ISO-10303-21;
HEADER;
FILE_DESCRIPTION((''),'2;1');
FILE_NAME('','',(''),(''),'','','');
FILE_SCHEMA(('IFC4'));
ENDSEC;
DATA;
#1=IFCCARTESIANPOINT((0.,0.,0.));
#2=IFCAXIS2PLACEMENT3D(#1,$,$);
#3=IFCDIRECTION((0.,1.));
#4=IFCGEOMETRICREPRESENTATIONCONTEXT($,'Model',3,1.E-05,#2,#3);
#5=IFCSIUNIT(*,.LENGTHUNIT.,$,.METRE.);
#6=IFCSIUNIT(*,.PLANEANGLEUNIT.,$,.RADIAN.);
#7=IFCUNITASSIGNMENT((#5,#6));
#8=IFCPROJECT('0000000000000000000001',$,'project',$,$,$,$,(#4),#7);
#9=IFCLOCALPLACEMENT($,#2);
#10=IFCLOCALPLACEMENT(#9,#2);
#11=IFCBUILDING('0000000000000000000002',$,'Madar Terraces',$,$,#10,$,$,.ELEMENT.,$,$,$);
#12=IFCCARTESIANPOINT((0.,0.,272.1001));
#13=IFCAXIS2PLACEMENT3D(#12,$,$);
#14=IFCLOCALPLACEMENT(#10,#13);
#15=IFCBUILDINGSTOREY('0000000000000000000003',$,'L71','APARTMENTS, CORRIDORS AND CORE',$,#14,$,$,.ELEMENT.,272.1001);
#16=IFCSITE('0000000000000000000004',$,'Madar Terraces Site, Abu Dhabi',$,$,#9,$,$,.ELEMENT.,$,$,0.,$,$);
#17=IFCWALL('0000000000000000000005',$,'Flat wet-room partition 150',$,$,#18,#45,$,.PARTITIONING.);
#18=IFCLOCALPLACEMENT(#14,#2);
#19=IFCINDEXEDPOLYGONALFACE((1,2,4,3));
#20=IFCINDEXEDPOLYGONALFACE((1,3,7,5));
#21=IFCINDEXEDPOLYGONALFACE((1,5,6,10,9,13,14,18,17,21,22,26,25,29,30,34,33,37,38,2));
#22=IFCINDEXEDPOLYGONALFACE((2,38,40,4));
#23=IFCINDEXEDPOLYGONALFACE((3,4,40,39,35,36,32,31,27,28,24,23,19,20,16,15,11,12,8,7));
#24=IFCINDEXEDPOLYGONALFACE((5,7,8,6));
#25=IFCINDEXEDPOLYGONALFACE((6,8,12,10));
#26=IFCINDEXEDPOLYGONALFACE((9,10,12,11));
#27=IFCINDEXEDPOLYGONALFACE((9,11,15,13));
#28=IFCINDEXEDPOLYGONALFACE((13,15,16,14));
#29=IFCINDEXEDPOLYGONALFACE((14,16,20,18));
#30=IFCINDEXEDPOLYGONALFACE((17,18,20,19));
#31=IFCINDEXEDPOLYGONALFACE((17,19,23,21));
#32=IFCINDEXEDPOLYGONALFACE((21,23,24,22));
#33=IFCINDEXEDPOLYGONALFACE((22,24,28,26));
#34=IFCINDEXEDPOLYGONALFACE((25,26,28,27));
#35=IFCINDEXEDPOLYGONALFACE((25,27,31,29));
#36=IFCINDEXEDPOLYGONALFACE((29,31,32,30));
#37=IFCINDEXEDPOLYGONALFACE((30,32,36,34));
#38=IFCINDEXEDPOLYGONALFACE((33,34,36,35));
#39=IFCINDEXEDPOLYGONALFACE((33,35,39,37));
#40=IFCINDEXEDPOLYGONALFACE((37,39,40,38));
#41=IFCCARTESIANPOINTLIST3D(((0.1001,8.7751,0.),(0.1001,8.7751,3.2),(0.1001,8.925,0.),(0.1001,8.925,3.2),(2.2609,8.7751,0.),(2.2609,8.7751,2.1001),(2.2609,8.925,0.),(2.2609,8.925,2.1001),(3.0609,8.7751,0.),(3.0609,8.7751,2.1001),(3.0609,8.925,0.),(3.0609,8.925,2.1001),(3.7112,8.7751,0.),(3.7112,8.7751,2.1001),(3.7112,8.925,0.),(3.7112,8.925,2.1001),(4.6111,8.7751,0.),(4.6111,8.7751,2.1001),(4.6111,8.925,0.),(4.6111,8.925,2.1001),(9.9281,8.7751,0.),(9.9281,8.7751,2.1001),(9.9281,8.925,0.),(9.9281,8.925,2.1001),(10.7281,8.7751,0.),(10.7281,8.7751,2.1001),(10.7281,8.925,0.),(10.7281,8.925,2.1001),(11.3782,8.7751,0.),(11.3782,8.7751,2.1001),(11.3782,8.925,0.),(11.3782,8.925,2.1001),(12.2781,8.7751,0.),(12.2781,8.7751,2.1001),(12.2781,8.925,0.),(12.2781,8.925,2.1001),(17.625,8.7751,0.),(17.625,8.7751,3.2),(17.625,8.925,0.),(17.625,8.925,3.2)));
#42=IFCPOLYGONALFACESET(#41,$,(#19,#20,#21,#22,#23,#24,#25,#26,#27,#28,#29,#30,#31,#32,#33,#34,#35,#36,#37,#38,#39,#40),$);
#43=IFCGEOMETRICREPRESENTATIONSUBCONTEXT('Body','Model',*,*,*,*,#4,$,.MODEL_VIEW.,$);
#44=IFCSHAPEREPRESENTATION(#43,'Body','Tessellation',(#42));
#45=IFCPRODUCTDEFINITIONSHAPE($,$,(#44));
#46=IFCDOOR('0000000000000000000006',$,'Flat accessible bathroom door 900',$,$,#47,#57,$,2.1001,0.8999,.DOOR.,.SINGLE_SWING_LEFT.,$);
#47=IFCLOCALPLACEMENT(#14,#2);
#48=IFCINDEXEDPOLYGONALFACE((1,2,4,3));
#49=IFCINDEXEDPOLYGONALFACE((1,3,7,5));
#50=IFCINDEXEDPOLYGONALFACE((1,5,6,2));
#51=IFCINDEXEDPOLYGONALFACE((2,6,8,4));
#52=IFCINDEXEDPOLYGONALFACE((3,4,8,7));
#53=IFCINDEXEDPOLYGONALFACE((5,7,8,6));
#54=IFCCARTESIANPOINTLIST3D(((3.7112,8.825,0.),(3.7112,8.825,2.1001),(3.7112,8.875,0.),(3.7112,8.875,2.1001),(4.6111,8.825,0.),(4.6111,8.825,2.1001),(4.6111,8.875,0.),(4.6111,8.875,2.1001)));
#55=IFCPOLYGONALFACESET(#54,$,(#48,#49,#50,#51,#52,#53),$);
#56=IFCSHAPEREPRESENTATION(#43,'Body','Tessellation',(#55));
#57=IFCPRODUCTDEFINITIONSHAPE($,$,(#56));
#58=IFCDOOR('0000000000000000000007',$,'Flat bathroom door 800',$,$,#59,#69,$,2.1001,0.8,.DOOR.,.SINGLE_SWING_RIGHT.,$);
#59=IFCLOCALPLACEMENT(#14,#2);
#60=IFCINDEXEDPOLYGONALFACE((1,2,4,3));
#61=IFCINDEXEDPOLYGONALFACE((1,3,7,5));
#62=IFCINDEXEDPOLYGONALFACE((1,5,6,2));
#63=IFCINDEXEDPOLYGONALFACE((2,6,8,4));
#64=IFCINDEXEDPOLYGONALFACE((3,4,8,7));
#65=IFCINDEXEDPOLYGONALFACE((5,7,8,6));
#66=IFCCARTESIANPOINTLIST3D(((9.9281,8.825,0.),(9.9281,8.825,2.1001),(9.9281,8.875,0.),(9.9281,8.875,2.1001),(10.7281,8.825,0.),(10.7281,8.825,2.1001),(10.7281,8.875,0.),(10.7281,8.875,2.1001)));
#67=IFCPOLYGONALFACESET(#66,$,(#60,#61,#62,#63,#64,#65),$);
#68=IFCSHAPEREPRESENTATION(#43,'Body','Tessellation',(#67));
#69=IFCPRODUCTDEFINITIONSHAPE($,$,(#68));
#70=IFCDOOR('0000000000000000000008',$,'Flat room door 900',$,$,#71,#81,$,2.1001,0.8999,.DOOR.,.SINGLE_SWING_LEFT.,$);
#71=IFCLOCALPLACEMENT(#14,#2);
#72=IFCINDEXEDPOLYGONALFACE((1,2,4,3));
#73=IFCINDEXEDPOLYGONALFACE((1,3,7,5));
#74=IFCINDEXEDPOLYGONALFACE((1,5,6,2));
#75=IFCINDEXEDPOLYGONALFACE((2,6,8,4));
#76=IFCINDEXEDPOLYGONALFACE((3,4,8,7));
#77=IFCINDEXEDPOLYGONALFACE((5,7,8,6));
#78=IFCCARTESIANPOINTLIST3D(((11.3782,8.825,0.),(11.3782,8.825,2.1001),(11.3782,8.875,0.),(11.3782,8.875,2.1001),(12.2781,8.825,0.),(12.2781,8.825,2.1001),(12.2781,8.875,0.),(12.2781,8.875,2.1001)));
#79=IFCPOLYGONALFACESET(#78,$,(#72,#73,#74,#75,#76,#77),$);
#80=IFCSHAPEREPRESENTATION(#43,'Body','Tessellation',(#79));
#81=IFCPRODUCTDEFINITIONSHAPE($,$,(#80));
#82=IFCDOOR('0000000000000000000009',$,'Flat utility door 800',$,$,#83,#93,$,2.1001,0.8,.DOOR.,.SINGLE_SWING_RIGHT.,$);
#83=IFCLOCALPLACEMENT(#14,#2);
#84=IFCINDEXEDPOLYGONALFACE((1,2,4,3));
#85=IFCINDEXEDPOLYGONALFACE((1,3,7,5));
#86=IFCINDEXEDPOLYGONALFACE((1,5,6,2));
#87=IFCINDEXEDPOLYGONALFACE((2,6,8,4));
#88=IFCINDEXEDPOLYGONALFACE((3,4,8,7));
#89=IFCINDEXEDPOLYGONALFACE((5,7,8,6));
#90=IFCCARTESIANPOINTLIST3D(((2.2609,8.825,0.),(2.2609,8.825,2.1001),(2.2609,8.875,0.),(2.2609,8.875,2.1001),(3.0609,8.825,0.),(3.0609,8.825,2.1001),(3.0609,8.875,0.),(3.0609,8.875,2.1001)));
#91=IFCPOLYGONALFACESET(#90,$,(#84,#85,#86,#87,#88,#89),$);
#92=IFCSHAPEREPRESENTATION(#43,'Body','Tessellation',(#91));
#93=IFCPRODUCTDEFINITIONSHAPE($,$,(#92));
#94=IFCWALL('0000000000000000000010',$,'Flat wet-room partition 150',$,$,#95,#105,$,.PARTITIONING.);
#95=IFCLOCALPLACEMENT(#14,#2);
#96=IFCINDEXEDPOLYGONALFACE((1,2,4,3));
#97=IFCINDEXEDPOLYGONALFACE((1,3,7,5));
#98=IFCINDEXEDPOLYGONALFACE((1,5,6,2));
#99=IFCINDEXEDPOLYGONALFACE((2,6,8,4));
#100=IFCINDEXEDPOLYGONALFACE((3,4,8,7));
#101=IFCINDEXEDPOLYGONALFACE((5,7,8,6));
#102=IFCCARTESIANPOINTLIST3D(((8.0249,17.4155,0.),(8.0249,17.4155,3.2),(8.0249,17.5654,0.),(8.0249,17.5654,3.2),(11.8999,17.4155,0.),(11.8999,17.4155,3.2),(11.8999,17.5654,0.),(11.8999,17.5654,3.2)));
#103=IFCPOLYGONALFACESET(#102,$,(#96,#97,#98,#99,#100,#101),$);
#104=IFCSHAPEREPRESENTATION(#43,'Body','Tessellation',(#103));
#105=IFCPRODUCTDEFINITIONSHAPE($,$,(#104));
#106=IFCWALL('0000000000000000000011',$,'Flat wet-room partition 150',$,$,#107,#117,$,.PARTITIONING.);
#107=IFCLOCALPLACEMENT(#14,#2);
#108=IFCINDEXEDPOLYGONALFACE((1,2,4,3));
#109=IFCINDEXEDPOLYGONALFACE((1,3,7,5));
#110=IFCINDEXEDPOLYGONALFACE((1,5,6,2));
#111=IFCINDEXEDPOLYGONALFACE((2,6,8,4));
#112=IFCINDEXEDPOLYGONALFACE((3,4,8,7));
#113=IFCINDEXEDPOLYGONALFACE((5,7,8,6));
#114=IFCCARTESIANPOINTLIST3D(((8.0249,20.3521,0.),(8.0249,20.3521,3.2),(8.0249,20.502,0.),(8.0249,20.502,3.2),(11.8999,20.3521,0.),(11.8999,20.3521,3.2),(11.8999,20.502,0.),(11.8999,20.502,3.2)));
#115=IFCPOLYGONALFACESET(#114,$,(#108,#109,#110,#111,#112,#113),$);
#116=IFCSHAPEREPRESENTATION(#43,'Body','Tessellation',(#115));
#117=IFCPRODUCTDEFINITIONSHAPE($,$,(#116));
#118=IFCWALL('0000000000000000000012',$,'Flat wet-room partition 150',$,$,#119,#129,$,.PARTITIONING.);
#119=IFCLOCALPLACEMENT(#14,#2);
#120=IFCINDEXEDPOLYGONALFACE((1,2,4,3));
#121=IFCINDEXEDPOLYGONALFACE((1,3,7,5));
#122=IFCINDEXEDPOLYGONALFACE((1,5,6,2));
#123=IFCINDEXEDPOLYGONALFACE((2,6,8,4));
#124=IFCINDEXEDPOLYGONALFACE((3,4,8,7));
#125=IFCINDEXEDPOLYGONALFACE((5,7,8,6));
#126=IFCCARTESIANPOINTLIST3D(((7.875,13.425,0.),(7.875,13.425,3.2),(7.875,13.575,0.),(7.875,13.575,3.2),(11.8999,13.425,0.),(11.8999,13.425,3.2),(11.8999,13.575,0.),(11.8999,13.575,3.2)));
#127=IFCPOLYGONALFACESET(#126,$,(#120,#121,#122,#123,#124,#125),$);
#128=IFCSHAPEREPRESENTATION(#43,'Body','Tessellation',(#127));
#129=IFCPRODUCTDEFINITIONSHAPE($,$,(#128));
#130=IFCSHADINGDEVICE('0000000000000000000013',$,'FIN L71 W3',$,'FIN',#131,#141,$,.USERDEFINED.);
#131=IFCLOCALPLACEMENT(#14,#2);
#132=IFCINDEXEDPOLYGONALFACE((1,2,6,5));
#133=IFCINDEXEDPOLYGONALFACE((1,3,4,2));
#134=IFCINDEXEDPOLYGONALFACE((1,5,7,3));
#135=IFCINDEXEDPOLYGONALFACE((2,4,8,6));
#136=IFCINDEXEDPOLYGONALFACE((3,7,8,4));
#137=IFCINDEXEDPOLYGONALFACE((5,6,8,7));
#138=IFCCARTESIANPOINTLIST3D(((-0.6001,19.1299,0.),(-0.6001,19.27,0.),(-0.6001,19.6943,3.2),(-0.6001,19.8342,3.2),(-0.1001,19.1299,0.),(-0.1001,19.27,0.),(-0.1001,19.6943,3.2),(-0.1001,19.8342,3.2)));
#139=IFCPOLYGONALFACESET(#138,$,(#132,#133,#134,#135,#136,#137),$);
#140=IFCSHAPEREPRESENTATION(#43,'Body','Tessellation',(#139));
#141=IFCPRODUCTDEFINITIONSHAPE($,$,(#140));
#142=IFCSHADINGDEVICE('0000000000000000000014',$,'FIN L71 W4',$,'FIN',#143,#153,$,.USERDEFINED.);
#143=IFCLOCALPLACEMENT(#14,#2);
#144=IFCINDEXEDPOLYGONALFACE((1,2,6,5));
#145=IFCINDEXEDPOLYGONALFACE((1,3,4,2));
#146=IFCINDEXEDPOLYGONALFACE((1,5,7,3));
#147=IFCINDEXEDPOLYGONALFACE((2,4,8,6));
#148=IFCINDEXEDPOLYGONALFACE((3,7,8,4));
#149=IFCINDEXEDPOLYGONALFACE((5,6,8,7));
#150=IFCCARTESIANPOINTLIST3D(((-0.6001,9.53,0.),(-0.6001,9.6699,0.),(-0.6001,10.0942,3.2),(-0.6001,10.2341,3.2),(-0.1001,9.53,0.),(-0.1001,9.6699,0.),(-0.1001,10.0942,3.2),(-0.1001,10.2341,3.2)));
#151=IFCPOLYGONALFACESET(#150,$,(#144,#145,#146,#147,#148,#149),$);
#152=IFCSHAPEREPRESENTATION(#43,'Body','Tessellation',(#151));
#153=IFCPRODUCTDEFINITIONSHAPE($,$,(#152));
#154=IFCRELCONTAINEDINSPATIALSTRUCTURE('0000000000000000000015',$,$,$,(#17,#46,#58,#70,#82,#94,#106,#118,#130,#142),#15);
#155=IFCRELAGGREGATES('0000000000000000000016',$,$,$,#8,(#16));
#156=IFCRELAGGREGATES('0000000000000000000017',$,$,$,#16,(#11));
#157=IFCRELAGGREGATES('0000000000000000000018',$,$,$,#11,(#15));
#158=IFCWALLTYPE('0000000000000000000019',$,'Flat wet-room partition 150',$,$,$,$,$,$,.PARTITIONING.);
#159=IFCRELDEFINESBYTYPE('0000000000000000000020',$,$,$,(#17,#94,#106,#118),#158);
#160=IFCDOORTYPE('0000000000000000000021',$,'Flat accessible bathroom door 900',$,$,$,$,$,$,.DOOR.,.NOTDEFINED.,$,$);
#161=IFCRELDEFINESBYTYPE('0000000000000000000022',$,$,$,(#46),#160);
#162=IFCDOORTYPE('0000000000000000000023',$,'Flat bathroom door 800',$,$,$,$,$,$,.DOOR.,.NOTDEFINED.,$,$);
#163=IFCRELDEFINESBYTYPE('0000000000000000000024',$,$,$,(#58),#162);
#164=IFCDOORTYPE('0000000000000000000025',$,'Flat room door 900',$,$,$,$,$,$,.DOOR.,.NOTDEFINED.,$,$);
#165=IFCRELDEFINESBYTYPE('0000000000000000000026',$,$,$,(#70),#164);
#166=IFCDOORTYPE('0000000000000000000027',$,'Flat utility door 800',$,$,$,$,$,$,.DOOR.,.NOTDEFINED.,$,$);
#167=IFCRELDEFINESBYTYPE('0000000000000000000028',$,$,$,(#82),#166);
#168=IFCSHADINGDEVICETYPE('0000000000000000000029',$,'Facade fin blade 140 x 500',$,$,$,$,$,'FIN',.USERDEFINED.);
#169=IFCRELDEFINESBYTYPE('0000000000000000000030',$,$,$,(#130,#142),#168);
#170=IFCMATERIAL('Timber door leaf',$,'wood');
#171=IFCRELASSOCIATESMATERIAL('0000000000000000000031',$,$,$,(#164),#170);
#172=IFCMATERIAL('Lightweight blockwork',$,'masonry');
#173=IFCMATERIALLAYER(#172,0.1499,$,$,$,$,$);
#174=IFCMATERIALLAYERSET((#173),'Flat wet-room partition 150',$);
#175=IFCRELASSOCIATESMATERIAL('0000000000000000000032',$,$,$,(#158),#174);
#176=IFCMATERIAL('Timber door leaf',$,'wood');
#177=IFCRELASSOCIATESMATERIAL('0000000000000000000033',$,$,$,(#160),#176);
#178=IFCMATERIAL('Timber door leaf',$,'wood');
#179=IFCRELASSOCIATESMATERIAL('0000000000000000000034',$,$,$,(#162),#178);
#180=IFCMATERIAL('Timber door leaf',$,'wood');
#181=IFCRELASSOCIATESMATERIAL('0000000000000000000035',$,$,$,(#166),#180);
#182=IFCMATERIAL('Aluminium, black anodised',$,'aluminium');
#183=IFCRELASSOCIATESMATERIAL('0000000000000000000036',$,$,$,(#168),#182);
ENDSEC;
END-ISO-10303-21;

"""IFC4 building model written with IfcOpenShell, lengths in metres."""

from ifc_helpers import new_model, si_unit, direction, frame, frame_2d, origin, place, context, subcontext, project, spatial, polyline, rectangle, outline, extrude, material, layer, layer_set, type_object, element, fill, save


model = new_model("IFC4")

# Units and contexts
model_context = context("Model", 3, precision=1e-05, world=origin(), true_north=direction((0.0, 1.0)))
body_context = subcontext(model_context, "Body", "Model", "MODEL_VIEW")
ifc_project = project(units=[si_unit("LENGTHUNIT", "METRE"), si_unit("PLANEANGLEUNIT", "RADIAN")], contexts=[model_context])

# Site, building, storey
site_placement = place(None, origin())
site = spatial("IfcSite", under=ifc_project, at=site_placement, Name="Madar Terraces Site, Abu Dhabi", CompositionType="ELEMENT", RefElevation=0.0)
building_placement = place(site_placement, origin())
building = spatial("IfcBuilding", under=site, at=building_placement, Name="Madar Terraces", CompositionType="ELEMENT")
storey_placement = place(building_placement, frame((0.0, 0.0, 272.1001)))
storey = spatial("IfcBuildingStorey", under=building, at=storey_placement, Name="L71", Description="APARTMENTS, CORRIDORS AND CORE", CompositionType="ELEMENT", Elevation=272.1001)

# Shared definitions
ifc_material_1 = material(Name="Timber door leaf", Category="wood")
door_type_1 = type_object("IfcDoorType", Name="Flat room door 900", OperationType="NOTDEFINED", PredefinedType="DOOR", material=ifc_material_1)

# Shared definitions
ifc_material_2 = material(Name="Lightweight blockwork", Category="masonry")
ifc_layer_1 = layer(ifc_material_2, 0.1499)
ifc_layer_set_1 = layer_set([ifc_layer_1], Name="Flat wet-room partition 150")
wall_type_1 = type_object("IfcWallType", Name="Flat wet-room partition 150", PredefinedType="PARTITIONING", material=ifc_layer_set_1)

# Wall, openings, doors
wall_1_placement = place(storey_placement, frame((0.1001, 8.8501, 0.0), z_axis=(0.0, 0.0, 1.0), x_axis=(1.0, 0.0, 0.0)))
wall_1 = element("IfcWall", 1, at=wall_1_placement, inside=storey, type_object=wall_type_1, Name="Flat wet-room partition 150", PredefinedType="PARTITIONING", context=body_context, shape_type="SweptSolid", body=[
    extrude(rectangle(XDim=17.5249, YDim=0.1499, at=frame_2d((8.7625, 0.0))), origin(), (0.0, 0.0, 1.0), 3.2),
])
opening_1_placement = place(wall_1_placement, frame((11.2781, 0.0, 0.0)))
opening_1 = element("IfcOpeningElement", 2, at=opening_1_placement, cuts=wall_1, PredefinedType="OPENING", context=body_context, shape_type="SweptSolid", body=[
    extrude(rectangle(XDim=0.8999, YDim=2.1001, at=frame_2d((0.45, 1.05))), frame((0.0, 0.085, 0.0), z_axis=(0.0, -1.0, 0.0), x_axis=(1.0, 0.0, 0.0)), (0.0, 0.0, 1.0), 0.1699),
])
opening_2_placement = place(wall_1_placement, frame((9.8281, 0.0, 0.0)))
opening_2 = element("IfcOpeningElement", 3, at=opening_2_placement, cuts=wall_1, PredefinedType="OPENING", context=body_context, shape_type="SweptSolid", body=[
    extrude(rectangle(XDim=0.8, YDim=2.1001, at=frame_2d((0.3999, 1.05))), frame((0.0, 0.085, 0.0), z_axis=(0.0, -1.0, 0.0), x_axis=(1.0, 0.0, 0.0)), (0.0, 0.0, 1.0), 0.1699),
])
opening_3_placement = place(wall_1_placement, frame((3.6111, 0.0, 0.0)))
opening_3 = element("IfcOpeningElement", 4, at=opening_3_placement, cuts=wall_1, PredefinedType="OPENING", context=body_context, shape_type="SweptSolid", body=[
    extrude(rectangle(XDim=0.8999, YDim=2.1001, at=frame_2d((0.45, 1.05))), frame((0.0, 0.085, 0.0), z_axis=(0.0, -1.0, 0.0), x_axis=(1.0, 0.0, 0.0)), (0.0, 0.0, 1.0), 0.1699),
])
opening_4_placement = place(wall_1_placement, frame((2.1609, 0.0, 0.0)))
opening_4 = element("IfcOpeningElement", 5, at=opening_4_placement, cuts=wall_1, PredefinedType="OPENING", context=body_context, shape_type="SweptSolid", body=[
    extrude(rectangle(XDim=0.8, YDim=2.1001, at=frame_2d((0.3999, 1.05))), frame((0.0, 0.085, 0.0), z_axis=(0.0, -1.0, 0.0), x_axis=(1.0, 0.0, 0.0)), (0.0, 0.0, 1.0), 0.1699),
])
ifc_material_3 = material(Name="Timber door leaf", Category="wood")
door_type_2 = type_object("IfcDoorType", Name="Flat accessible bathroom door 900", OperationType="NOTDEFINED", PredefinedType="DOOR", material=ifc_material_3)
door_1_placement = place(opening_3_placement, origin())
door_1 = element("IfcDoor", 6, at=door_1_placement, inside=storey, type_object=door_type_2, Name="Flat accessible bathroom door 900", OperationType="SINGLE_SWING_LEFT", OverallHeight=2.1001, OverallWidth=0.8999, PredefinedType="DOOR", context=body_context, shape_type="SweptSolid", body=[
    extrude(rectangle(XDim=0.8999, YDim=2.1001, at=frame_2d((0.45, 1.05))), frame((0.0, 0.0249, 0.0), z_axis=(0.0, -1.0, 0.0), x_axis=(1.0, 0.0, 0.0)), (0.0, 0.0, 1.0), 0.05),
])
fill(opening_3, door_1)
ifc_material_4 = material(Name="Timber door leaf", Category="wood")
door_type_3 = type_object("IfcDoorType", Name="Flat bathroom door 800", OperationType="NOTDEFINED", PredefinedType="DOOR", material=ifc_material_4)
door_2_placement = place(opening_2_placement, origin())
door_2 = element("IfcDoor", 7, at=door_2_placement, inside=storey, type_object=door_type_3, Name="Flat bathroom door 800", OperationType="SINGLE_SWING_RIGHT", OverallHeight=2.1001, OverallWidth=0.8, PredefinedType="DOOR", context=body_context, shape_type="SweptSolid", body=[
    extrude(rectangle(XDim=0.8, YDim=2.1001, at=frame_2d((0.3999, 1.05))), frame((0.0, 0.0249, 0.0), z_axis=(0.0, -1.0, 0.0), x_axis=(1.0, 0.0, 0.0)), (0.0, 0.0, 1.0), 0.05),
])
fill(opening_2, door_2)
door_3_placement = place(opening_1_placement, origin())
door_3 = element("IfcDoor", 8, at=door_3_placement, inside=storey, type_object=door_type_1, Name="Flat room door 900", OperationType="SINGLE_SWING_LEFT", OverallHeight=2.1001, OverallWidth=0.8999, PredefinedType="DOOR", context=body_context, shape_type="SweptSolid", body=[
    extrude(rectangle(XDim=0.8999, YDim=2.1001, at=frame_2d((0.45, 1.05))), frame((0.0, 0.0249, 0.0), z_axis=(0.0, -1.0, 0.0), x_axis=(1.0, 0.0, 0.0)), (0.0, 0.0, 1.0), 0.05),
])
fill(opening_1, door_3)
ifc_material_5 = material(Name="Timber door leaf", Category="wood")
door_type_4 = type_object("IfcDoorType", Name="Flat utility door 800", OperationType="NOTDEFINED", PredefinedType="DOOR", material=ifc_material_5)
door_4_placement = place(opening_4_placement, origin())
door_4 = element("IfcDoor", 9, at=door_4_placement, inside=storey, type_object=door_type_4, Name="Flat utility door 800", OperationType="SINGLE_SWING_RIGHT", OverallHeight=2.1001, OverallWidth=0.8, PredefinedType="DOOR", context=body_context, shape_type="SweptSolid", body=[
    extrude(rectangle(XDim=0.8, YDim=2.1001, at=frame_2d((0.3999, 1.05))), frame((0.0, 0.0249, 0.0), z_axis=(0.0, -1.0, 0.0), x_axis=(1.0, 0.0, 0.0)), (0.0, 0.0, 1.0), 0.05),
])
fill(opening_4, door_4)

# Walls
for number, where, z_axis, x_axis, name in (
    (10, (11.8999, 17.4905, 0.0), (0.0, 0.0, 1.0), (-1.0, 0.0, 0.0), "Flat wet-room partition 150"),
    (11, (11.8999, 20.427, 0.0), (0.0, 0.0, 1.0), (-1.0, 0.0, 0.0), "Flat wet-room partition 150"),
):
    element("IfcWall", number, at=place(storey_placement, frame(where, z_axis=z_axis, x_axis=x_axis)), inside=storey, type_object=wall_type_1, Name=name, PredefinedType="PARTITIONING", context=body_context, shape_type="SweptSolid", body=[
        extrude(rectangle(XDim=3.875, YDim=0.1499, at=frame_2d((1.9375, 0.0))), origin(), (0.0, 0.0, 1.0), 3.2),
    ])
wall_2_placement = place(storey_placement, frame((11.8999, 13.5, 0.0), z_axis=(0.0, 0.0, 1.0), x_axis=(-1.0, 0.0, 0.0)))
element("IfcWall", 12, at=wall_2_placement, inside=storey, type_object=wall_type_1, Name="Flat wet-room partition 150", PredefinedType="PARTITIONING", context=body_context, shape_type="SweptSolid", body=[
    extrude(rectangle(XDim=4.0249, YDim=0.1499, at=frame_2d((2.0125, 0.0))), origin(), (0.0, 0.0, 1.0), 3.2),
])

# Shading devices
ifc_material_6 = material(Name="Aluminium, black anodised", Category="aluminium")
shading_device_type = type_object("IfcShadingDeviceType", Name="Facade fin blade 140 x 500", ElementType="FIN", PredefinedType="USERDEFINED", material=ifc_material_6)
shading_device_1_placement = place(storey_placement, frame((-0.3501, 19.27, 0.0), z_axis=(0.0, 0.0, 1.0), x_axis=(0.0, -1.0, 0.0)))
element("IfcShadingDevice", 13, at=shading_device_1_placement, inside=storey, type_object=shading_device_type, Name="FIN L71 W3", ObjectType="FIN", PredefinedType="USERDEFINED", context=body_context, shape_type="SweptSolid", body=[
    extrude(outline(polyline([(0.0, 0.0), (0.1401, 0.0), (-0.4243, 3.2), (-0.5642, 3.2), (0.0, 0.0)])), frame((0.0, 0.25, 0.0), z_axis=(0.0, -1.0, 0.0), x_axis=(1.0, 0.0, 0.0)), (0.0, 0.0, 1.0), 0.5),
])
shading_device_2_placement = place(storey_placement, frame((-0.3501, 9.6699, 0.0), z_axis=(0.0, 0.0, 1.0), x_axis=(0.0, -1.0, 0.0)))
element("IfcShadingDevice", 14, at=shading_device_2_placement, inside=storey, type_object=shading_device_type, Name="FIN L71 W4", ObjectType="FIN", PredefinedType="USERDEFINED", context=body_context, shape_type="SweptSolid", body=[
    extrude(outline(polyline([(0.0, 0.0), (0.1399, 0.0), (-0.4243, 3.2), (-0.5642, 3.2), (0.0, 0.0)])), frame((0.0, 0.25, 0.0), z_axis=(0.0, -1.0, 0.0), x_axis=(1.0, 0.0, 0.0)), (0.0, 0.0, 1.0), 0.5),
])

save(model, "model.ifc")
